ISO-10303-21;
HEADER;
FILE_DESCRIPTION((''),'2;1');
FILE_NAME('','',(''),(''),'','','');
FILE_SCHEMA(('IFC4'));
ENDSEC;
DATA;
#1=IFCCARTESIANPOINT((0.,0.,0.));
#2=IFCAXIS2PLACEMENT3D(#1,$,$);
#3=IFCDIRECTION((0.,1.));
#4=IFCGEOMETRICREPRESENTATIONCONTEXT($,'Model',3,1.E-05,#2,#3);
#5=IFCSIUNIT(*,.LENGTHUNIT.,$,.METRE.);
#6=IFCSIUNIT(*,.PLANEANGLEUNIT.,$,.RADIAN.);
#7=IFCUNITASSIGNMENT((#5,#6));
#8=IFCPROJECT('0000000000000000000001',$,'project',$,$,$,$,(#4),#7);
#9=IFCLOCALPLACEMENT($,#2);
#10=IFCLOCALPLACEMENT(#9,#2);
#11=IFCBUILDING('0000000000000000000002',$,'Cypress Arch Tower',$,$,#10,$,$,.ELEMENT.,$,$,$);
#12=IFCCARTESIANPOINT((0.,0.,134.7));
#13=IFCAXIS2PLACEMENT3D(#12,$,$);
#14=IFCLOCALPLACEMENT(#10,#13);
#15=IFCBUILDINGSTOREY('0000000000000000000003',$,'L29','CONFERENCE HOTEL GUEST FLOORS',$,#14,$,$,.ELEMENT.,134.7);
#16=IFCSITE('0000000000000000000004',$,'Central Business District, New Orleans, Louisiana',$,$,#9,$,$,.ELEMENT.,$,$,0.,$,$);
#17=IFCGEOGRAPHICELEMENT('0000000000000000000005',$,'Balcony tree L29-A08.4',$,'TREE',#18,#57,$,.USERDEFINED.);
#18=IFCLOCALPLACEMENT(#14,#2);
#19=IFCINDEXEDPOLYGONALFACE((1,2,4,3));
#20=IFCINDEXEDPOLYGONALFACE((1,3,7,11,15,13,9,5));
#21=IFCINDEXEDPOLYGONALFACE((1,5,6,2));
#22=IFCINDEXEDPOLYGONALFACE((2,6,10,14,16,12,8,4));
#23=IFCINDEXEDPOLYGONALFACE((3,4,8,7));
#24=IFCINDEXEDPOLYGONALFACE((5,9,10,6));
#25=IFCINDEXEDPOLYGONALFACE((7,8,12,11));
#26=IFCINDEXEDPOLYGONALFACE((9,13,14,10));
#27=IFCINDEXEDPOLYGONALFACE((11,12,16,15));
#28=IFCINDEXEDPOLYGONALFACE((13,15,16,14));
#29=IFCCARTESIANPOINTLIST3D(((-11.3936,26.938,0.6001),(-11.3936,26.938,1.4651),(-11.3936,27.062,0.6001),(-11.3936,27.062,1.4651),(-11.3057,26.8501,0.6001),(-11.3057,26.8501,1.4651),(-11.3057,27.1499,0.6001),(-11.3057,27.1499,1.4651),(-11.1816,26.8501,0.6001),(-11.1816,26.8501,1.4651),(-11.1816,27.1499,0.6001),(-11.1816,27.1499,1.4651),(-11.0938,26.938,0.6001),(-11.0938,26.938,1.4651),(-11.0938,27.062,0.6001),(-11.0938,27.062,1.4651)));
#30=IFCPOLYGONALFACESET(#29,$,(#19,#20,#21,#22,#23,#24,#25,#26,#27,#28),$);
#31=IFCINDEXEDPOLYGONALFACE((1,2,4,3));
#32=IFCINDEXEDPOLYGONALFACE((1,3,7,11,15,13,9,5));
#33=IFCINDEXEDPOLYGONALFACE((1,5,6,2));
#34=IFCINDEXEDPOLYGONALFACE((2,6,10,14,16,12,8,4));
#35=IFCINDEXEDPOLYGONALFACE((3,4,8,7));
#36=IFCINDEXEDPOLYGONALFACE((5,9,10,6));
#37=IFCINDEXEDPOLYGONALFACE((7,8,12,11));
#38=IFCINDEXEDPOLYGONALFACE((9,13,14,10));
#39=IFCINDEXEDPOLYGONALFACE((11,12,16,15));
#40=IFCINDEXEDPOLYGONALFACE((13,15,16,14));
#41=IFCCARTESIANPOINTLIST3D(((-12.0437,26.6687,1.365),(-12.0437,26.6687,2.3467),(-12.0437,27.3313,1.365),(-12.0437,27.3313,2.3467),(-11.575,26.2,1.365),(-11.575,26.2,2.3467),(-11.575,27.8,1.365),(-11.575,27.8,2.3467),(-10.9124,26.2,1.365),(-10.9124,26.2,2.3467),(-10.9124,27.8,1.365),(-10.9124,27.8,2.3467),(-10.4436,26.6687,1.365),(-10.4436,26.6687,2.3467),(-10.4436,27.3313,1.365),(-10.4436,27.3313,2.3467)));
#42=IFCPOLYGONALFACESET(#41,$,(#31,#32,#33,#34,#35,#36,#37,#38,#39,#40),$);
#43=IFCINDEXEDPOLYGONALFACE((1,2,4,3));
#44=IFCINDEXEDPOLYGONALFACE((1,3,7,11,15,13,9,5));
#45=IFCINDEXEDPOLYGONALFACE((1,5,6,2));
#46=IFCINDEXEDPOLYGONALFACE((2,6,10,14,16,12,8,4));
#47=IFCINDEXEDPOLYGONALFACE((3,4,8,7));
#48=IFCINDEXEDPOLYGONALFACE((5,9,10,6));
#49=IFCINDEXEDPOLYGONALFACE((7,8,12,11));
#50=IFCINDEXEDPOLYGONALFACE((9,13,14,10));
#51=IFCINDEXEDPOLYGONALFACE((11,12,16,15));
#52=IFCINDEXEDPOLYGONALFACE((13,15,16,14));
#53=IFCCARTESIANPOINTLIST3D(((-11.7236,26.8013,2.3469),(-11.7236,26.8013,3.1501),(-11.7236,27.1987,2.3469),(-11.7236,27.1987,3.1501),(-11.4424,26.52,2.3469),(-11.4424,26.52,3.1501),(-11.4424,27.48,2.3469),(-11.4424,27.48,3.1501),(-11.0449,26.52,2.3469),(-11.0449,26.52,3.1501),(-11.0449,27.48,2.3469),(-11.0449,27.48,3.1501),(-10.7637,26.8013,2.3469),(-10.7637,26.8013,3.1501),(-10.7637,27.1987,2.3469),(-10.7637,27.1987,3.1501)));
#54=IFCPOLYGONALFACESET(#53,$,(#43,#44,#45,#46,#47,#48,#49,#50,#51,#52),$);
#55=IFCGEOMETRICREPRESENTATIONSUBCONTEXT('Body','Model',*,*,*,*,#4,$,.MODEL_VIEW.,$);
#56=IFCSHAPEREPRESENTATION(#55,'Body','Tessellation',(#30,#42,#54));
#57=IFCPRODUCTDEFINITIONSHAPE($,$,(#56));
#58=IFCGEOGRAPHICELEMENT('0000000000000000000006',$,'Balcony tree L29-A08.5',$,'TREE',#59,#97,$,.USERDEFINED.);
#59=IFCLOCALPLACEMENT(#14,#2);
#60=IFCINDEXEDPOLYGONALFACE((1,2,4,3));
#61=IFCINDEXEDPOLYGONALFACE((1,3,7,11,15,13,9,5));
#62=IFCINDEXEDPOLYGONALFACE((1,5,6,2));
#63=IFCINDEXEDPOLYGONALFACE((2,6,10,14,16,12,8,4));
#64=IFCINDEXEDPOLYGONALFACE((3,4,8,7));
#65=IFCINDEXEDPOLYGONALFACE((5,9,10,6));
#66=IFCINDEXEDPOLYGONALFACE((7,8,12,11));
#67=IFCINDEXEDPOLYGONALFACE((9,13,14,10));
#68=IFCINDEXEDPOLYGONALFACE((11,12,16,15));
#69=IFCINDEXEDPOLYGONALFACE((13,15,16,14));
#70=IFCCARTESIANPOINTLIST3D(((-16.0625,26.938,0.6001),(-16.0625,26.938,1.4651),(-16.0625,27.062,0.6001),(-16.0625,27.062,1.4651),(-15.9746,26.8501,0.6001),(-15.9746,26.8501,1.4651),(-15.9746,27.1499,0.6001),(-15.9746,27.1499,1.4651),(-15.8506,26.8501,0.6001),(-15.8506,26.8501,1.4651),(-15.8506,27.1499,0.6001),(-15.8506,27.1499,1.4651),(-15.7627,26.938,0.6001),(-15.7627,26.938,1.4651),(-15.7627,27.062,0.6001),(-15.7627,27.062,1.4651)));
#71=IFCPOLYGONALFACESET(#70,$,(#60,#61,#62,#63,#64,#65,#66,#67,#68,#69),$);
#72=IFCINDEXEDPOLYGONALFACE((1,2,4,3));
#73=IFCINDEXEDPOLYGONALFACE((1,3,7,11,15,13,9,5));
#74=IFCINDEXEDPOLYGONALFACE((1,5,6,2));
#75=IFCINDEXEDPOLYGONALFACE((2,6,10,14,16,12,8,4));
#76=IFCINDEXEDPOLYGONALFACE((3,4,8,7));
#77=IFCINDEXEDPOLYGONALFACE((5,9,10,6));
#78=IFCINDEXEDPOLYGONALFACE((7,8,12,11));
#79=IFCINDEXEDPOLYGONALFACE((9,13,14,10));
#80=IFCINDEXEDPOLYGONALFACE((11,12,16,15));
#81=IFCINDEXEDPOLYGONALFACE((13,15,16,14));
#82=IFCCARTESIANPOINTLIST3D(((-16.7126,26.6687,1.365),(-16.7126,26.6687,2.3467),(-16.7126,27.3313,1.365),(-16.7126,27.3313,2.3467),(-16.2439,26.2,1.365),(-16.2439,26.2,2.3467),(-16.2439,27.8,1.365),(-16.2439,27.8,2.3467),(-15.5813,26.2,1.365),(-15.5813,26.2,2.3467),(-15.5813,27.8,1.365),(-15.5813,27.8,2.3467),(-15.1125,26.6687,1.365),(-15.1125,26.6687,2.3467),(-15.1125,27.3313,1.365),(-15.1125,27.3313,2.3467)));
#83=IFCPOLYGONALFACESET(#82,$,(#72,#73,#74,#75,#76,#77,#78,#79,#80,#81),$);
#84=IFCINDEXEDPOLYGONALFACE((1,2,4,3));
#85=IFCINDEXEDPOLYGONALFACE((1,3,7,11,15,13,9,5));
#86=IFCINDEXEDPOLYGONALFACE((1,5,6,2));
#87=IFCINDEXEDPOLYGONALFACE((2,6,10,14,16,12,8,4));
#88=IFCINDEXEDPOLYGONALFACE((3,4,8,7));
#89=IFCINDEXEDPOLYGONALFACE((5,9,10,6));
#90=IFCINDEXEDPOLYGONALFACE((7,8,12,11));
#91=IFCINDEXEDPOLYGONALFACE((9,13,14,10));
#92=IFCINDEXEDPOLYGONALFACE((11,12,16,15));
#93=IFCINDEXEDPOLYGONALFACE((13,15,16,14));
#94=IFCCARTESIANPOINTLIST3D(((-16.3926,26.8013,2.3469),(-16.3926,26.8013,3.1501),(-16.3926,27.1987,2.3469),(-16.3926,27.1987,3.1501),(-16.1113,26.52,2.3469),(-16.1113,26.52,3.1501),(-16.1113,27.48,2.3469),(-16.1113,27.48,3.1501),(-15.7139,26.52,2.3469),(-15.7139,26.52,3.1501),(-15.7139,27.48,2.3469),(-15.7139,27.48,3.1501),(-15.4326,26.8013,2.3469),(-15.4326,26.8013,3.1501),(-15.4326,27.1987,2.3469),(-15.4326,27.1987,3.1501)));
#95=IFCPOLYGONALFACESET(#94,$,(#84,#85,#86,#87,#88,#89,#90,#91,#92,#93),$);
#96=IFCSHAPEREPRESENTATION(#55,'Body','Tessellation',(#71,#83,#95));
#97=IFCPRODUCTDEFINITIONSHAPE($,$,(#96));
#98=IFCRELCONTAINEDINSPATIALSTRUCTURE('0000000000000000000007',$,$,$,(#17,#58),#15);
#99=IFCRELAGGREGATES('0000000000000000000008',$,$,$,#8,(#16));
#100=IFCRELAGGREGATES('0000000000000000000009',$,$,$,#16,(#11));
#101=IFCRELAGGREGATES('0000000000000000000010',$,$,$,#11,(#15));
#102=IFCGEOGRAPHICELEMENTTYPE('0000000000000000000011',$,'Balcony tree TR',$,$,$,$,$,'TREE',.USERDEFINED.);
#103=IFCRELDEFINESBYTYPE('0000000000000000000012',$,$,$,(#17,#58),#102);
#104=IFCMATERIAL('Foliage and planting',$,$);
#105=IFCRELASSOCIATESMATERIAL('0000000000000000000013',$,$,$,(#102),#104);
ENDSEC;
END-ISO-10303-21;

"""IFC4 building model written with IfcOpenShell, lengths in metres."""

from ifc_helpers import new_model, si_unit, direction, frame, origin, place, context, subcontext, project, spatial, polyline, outline, extrude, material, type_object, element, save


model = new_model("IFC4")

# Units and contexts
model_context = context("Model", 3, precision=1e-05, world=origin(), true_north=direction((0.0, 1.0)))
body_context = subcontext(model_context, "Body", "Model", "MODEL_VIEW")
ifc_project = project(units=[si_unit("LENGTHUNIT", "METRE"), si_unit("PLANEANGLEUNIT", "RADIAN")], contexts=[model_context])

# Site, building, storey
site_placement = place(None, origin())
site = spatial("IfcSite", under=ifc_project, at=site_placement, Name="Central Business District, New Orleans, Louisiana", CompositionType="ELEMENT", RefElevation=0.0)
building_placement = place(site_placement, origin())
building = spatial("IfcBuilding", under=site, at=building_placement, Name="Cypress Arch Tower", CompositionType="ELEMENT")
storey_placement = place(building_placement, frame((0.0, 0.0, 134.7)))
storey = spatial("IfcBuildingStorey", under=building, at=storey_placement, Name="L29", Description="CONFERENCE HOTEL GUEST FLOORS", CompositionType="ELEMENT", Elevation=134.7)

# Geographic elements
ifc_material_1 = material(Name="Foliage and planting")
geographic_element_type = type_object("IfcGeographicElementType", Name="Balcony tree TR", ElementType="TREE", PredefinedType="USERDEFINED", material=ifc_material_1)
for number, where, z_axis, x_axis, name in (
    (1, (-11.2437, 27.0, 0.6001), (0.0, 0.0, 1.0), (1.0, 0.0, 0.0), "Balcony tree L29-A08.4"),
    (2, (-15.9126, 27.0, 0.6001), (0.0, 0.0, 1.0), (1.0, 0.0, 0.0), "Balcony tree L29-A08.5"),
):
    element("IfcGeographicElement", number, at=place(storey_placement, frame(where, z_axis=z_axis, x_axis=x_axis)), inside=storey, type_object=geographic_element_type, Name=name, ObjectType="TREE", PredefinedType="USERDEFINED", context=body_context, shape_type="SweptSolid", body=[
        extrude(outline(polyline([(0.1499, 0.062), (0.062, 0.1499), (-0.062, 0.1499), (-0.1499, 0.062), (-0.1499, -0.062), (-0.062, -0.1499), (0.062, -0.1499), (0.1499, -0.062), (0.1499, 0.062)])), origin(), (0.0, 0.0, 1.0), 0.865),
        extrude(outline(polyline([(0.8, 0.3313), (0.3313, 0.8), (-0.3313, 0.8), (-0.8, 0.3313), (-0.8, -0.3313), (-0.3313, -0.8), (0.3313, -0.8), (0.8, -0.3313), (0.8, 0.3313)])), frame((0.0, 0.0, 0.7649)), (0.0, 0.0, 1.0), 0.9817),
        extrude(outline(polyline([(0.48, 0.1987), (0.1987, 0.48), (-0.1987, 0.48), (-0.48, 0.1987), (-0.48, -0.1987), (-0.1987, -0.48), (0.1987, -0.48), (0.48, -0.1987), (0.48, 0.1987)])), frame((0.0, 0.0, 1.7468)), (0.0, 0.0, 1.0), 0.8032),
    ])

save(model, "model.ifc")
